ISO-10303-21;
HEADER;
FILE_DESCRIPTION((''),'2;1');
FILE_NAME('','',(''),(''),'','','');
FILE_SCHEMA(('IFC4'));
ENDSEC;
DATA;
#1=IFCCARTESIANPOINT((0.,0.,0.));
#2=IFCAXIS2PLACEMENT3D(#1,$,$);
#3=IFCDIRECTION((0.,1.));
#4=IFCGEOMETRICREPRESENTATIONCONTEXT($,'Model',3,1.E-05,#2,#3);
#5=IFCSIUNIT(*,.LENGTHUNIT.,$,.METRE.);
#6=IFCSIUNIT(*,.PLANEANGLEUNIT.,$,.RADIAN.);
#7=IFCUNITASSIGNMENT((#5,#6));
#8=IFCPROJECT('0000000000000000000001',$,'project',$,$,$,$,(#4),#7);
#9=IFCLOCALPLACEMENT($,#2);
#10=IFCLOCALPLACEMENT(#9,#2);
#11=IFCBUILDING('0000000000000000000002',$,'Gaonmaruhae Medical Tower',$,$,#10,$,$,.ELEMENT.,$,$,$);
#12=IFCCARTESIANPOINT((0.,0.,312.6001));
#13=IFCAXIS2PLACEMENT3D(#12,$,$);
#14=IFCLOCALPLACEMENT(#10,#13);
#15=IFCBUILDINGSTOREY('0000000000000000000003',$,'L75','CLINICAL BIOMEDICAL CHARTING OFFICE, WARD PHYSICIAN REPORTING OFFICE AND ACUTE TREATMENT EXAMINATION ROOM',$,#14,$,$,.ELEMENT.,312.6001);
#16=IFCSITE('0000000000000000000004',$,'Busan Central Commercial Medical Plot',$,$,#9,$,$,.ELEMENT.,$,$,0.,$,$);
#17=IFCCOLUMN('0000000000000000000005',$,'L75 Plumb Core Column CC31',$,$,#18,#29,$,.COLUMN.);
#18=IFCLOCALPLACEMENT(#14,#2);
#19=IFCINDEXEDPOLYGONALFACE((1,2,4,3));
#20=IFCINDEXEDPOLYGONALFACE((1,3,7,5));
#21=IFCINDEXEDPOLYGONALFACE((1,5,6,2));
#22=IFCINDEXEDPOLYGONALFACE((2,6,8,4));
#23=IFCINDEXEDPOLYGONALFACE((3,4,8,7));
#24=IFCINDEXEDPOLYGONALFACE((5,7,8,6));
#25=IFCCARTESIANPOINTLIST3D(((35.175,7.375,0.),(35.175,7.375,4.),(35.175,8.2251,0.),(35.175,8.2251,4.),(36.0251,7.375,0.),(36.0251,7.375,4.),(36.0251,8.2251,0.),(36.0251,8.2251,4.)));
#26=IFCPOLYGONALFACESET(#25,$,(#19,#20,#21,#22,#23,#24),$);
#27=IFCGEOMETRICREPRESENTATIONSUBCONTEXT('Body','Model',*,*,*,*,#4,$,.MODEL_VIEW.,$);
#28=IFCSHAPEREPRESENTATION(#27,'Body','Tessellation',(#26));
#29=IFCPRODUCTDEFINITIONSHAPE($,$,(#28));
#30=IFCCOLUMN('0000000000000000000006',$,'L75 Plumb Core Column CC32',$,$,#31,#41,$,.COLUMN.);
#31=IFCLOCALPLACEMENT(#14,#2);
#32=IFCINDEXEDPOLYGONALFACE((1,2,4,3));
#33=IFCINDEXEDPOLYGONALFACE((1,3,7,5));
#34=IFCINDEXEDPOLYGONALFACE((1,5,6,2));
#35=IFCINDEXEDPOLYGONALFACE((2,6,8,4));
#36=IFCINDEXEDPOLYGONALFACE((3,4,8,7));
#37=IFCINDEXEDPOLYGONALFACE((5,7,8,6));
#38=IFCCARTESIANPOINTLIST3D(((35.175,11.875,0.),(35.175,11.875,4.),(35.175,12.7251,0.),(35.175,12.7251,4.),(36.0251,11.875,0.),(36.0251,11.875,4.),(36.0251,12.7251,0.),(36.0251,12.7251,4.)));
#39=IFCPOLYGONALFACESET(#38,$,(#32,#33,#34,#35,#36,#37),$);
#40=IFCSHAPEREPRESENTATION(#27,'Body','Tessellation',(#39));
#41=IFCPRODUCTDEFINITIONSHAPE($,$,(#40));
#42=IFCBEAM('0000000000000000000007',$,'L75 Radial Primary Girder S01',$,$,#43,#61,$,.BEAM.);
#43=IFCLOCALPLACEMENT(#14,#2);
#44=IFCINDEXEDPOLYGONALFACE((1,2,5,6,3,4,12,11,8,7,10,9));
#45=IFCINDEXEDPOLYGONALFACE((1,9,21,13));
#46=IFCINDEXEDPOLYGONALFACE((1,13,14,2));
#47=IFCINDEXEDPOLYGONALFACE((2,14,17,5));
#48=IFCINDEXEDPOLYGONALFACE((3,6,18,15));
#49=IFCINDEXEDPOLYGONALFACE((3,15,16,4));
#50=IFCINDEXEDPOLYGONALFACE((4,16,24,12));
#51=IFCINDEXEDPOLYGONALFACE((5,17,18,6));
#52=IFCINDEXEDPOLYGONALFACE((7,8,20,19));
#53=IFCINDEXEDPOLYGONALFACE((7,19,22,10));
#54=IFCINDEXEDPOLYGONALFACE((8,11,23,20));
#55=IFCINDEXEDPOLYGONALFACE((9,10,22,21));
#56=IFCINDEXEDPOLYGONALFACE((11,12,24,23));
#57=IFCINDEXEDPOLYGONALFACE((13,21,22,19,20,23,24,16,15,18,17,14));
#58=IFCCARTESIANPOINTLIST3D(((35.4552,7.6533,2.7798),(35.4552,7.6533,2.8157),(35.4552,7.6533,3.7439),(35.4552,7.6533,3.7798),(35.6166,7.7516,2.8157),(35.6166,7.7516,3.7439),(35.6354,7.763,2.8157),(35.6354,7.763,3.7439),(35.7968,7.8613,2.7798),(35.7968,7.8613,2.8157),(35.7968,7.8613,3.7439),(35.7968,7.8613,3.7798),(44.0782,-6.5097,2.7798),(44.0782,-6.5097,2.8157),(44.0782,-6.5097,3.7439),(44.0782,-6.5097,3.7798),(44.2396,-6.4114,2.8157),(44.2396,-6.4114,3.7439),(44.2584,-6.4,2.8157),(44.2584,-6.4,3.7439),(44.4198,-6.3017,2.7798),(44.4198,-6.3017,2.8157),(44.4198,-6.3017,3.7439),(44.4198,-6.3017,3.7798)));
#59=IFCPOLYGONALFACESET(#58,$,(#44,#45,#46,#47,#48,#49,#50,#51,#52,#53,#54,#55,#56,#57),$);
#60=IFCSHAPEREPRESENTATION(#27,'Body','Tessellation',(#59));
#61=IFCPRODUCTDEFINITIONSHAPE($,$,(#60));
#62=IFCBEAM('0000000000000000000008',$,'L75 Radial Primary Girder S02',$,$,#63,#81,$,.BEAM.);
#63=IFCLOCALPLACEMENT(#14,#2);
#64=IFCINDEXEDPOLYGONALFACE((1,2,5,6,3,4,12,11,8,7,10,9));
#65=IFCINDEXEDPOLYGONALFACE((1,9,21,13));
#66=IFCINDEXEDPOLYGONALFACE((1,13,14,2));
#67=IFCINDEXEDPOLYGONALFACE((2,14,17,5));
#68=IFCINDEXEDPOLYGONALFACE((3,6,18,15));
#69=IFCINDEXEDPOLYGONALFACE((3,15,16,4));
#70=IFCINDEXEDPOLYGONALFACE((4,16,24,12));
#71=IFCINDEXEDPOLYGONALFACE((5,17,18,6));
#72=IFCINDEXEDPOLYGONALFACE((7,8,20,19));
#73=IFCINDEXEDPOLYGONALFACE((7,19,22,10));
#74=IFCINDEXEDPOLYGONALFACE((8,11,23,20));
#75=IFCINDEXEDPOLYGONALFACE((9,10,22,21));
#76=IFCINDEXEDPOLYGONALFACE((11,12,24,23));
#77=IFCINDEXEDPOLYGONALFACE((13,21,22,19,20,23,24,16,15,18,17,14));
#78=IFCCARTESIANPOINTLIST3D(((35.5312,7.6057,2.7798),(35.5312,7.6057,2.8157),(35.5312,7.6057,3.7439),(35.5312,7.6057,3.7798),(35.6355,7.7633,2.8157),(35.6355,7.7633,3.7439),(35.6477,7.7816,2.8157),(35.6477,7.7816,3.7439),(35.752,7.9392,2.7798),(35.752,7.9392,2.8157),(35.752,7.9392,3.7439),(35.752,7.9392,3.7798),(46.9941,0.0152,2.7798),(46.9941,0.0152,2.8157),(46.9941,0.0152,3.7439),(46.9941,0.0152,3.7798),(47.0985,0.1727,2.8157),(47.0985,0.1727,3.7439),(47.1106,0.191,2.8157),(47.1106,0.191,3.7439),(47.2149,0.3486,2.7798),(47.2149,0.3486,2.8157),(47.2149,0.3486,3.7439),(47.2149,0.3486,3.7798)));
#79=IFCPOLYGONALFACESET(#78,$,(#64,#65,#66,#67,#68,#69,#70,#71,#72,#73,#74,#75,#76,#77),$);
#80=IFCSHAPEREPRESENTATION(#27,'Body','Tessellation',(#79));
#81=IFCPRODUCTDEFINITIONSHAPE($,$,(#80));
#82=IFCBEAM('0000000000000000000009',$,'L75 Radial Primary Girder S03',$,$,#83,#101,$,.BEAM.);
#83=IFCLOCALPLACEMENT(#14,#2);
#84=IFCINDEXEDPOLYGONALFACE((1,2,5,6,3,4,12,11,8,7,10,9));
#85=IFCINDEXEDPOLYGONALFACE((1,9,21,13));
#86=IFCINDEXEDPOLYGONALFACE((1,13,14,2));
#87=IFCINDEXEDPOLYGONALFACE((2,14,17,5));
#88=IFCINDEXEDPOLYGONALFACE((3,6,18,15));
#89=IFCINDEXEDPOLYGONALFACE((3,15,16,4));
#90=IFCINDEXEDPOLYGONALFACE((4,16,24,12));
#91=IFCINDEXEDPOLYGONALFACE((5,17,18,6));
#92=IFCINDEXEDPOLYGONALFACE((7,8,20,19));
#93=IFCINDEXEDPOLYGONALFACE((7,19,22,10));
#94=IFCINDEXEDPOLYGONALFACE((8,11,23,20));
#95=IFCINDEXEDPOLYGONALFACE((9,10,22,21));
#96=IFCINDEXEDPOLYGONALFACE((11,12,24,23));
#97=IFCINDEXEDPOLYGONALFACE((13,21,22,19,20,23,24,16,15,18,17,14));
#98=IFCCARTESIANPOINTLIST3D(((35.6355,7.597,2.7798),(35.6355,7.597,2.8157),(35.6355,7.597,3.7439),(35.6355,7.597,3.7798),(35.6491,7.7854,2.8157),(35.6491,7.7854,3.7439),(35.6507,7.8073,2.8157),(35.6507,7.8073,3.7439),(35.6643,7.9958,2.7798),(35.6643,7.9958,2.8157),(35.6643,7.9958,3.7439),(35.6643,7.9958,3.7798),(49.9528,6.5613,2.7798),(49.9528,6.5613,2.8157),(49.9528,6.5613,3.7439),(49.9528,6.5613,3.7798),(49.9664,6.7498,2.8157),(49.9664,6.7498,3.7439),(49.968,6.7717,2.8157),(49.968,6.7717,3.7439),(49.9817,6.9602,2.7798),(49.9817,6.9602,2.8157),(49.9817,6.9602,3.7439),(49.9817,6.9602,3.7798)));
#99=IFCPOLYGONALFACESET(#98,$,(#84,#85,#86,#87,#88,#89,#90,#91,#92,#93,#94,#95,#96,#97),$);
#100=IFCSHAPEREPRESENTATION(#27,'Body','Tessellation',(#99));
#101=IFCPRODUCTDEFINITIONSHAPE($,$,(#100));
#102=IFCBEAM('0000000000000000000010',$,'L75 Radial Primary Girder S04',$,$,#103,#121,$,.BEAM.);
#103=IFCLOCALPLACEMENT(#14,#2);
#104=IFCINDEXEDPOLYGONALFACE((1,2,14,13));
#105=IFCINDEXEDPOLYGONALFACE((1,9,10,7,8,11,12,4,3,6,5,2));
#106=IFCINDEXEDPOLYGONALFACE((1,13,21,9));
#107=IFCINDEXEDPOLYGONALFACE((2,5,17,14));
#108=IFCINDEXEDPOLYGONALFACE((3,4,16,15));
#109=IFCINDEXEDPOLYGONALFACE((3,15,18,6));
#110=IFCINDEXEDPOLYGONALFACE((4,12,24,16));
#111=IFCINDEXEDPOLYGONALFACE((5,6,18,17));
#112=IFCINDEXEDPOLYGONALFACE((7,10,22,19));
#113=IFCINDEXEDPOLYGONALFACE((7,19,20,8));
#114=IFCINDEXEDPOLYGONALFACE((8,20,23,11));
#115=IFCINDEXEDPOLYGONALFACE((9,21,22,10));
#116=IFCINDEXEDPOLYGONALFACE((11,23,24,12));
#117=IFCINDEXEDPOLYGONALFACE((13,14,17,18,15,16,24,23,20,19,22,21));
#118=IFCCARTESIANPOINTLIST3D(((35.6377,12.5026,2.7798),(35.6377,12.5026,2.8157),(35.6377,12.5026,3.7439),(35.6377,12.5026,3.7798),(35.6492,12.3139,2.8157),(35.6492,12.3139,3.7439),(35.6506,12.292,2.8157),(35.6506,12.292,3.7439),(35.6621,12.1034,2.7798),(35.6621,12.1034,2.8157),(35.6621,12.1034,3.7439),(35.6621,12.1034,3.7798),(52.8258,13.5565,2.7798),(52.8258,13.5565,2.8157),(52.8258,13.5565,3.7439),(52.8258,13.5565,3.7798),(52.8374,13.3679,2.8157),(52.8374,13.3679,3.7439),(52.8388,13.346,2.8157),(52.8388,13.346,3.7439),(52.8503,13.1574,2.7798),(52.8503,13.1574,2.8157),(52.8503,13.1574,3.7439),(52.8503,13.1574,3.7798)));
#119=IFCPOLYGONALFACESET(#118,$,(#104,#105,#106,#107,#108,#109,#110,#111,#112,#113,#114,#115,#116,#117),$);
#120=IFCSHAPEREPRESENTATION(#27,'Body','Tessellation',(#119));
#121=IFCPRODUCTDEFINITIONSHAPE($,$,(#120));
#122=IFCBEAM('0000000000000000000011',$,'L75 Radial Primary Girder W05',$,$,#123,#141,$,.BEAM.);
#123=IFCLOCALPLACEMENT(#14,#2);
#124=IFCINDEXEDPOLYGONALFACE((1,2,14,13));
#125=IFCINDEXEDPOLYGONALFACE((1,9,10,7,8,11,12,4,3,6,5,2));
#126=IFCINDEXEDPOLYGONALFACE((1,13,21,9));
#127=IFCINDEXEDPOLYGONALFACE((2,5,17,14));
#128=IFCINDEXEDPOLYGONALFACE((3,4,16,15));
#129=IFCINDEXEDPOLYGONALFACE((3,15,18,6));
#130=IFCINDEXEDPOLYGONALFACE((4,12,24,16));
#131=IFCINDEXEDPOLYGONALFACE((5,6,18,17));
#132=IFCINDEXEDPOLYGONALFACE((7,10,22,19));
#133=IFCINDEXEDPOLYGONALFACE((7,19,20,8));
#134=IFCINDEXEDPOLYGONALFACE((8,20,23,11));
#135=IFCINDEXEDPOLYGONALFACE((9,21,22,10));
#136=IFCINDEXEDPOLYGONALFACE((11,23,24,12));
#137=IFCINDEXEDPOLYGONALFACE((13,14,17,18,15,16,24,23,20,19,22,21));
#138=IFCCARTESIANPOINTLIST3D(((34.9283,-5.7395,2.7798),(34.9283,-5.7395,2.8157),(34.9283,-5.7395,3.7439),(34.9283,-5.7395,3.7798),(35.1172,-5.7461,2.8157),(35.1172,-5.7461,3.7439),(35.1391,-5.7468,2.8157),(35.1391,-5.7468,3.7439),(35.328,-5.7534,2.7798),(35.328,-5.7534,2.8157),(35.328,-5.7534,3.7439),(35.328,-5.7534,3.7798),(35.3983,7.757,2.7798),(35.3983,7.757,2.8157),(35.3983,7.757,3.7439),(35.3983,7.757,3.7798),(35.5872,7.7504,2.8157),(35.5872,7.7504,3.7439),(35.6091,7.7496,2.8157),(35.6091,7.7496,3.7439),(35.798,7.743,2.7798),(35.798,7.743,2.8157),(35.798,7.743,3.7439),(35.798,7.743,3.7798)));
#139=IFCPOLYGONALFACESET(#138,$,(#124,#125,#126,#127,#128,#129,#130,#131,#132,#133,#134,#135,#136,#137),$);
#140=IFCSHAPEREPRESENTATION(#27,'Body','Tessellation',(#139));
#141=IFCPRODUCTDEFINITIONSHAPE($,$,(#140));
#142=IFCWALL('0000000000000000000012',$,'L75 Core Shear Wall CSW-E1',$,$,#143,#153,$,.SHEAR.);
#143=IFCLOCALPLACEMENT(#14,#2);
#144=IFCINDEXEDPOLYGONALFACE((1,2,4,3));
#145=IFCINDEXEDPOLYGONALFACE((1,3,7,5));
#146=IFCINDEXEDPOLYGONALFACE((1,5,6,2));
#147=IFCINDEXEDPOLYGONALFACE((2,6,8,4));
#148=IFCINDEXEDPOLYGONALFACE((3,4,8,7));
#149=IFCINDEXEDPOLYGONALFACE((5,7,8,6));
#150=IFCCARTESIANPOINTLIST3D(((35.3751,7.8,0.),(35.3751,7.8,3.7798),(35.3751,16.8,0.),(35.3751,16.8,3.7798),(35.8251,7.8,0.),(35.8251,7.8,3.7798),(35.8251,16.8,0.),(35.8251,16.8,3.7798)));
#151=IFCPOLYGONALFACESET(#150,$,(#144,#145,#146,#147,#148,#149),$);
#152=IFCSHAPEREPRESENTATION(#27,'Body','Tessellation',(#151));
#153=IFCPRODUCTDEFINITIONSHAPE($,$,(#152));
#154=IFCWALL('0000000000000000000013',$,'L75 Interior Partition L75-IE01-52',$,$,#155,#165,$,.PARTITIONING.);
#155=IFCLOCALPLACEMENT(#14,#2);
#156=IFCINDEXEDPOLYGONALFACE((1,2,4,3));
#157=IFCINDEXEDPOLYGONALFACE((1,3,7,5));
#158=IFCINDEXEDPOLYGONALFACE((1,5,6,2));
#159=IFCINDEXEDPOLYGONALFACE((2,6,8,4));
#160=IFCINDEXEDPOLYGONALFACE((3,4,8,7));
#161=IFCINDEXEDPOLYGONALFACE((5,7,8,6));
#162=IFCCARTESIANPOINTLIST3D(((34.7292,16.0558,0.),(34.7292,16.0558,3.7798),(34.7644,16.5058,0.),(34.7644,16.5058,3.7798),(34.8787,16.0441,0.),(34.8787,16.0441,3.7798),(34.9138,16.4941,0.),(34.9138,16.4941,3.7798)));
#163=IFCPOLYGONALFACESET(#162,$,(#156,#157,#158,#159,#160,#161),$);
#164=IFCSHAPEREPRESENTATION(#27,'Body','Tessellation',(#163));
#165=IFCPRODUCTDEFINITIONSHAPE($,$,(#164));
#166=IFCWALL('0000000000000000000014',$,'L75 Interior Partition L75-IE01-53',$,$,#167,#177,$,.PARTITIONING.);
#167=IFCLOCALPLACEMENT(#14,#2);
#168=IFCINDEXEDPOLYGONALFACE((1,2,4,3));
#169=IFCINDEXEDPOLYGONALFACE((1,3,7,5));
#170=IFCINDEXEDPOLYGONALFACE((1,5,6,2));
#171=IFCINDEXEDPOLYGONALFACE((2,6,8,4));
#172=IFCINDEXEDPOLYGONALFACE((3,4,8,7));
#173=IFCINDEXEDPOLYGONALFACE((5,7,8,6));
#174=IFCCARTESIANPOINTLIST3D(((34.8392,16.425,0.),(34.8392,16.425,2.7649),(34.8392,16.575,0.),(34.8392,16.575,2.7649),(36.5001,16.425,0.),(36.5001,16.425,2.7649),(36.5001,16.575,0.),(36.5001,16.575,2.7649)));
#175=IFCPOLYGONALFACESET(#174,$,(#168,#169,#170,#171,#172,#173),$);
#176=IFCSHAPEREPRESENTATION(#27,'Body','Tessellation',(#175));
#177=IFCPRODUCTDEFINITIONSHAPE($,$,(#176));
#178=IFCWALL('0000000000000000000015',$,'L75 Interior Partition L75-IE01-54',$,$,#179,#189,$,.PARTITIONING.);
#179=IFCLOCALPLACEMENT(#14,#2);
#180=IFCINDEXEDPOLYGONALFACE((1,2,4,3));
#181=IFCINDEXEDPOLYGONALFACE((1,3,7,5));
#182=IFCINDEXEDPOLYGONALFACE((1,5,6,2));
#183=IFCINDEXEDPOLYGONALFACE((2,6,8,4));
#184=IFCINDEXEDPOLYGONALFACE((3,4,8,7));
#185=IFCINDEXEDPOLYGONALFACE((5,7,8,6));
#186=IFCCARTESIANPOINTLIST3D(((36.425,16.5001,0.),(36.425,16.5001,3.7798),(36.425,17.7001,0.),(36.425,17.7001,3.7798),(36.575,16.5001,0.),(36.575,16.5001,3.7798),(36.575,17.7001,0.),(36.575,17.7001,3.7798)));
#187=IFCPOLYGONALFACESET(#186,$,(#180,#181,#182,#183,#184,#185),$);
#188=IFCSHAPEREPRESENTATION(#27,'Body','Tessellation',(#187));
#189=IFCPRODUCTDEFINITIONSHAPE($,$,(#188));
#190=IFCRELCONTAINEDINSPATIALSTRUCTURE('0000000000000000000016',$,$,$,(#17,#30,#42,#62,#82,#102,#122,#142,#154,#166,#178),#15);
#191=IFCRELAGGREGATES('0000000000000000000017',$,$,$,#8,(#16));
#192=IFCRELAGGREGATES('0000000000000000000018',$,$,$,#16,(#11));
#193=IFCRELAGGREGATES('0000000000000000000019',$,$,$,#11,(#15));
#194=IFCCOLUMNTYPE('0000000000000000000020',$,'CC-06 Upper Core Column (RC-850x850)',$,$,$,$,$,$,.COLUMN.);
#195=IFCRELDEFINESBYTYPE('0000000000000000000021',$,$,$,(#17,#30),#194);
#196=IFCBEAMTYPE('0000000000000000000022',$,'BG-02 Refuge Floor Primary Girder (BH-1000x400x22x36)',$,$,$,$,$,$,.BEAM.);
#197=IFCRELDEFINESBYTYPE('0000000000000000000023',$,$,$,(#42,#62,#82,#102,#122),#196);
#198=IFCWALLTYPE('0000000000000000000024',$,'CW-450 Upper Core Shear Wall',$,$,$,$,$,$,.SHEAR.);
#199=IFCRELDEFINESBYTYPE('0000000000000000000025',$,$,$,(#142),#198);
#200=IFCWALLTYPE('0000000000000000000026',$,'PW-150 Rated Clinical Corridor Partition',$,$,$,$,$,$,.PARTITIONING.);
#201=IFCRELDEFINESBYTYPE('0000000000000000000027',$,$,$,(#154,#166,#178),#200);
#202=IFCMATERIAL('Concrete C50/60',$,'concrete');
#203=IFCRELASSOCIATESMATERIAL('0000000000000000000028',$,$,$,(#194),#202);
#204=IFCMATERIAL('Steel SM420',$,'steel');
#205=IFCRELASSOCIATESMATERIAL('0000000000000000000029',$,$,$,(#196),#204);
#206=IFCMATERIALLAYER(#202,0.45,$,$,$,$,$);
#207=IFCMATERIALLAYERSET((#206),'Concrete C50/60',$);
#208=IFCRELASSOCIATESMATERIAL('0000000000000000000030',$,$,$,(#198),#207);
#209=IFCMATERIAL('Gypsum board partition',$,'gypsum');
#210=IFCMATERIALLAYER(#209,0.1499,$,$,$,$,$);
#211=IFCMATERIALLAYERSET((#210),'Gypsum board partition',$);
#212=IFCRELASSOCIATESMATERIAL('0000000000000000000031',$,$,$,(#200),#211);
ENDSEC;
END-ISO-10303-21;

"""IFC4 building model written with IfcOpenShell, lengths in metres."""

from ifc_helpers import new_model, si_unit, direction, frame, frame_2d, origin, origin_2d, place, context, subcontext, project, spatial, rectangle, i_section, extrude, material, layer, layer_set, material_profile, profile_set, type_object, element, save


model = new_model("IFC4")

# Units and contexts
model_context = context("Model", 3, precision=1e-05, world=origin(), true_north=direction((0.0, 1.0)))
body_context = subcontext(model_context, "Body", "Model", "MODEL_VIEW")
ifc_project = project(units=[si_unit("LENGTHUNIT", "METRE"), si_unit("PLANEANGLEUNIT", "RADIAN")], contexts=[model_context])

# Site, building, storey
site_placement = place(None, origin())
site = spatial("IfcSite", under=ifc_project, at=site_placement, Name="Busan Central Commercial Medical Plot", CompositionType="ELEMENT", RefElevation=0.0)
building_placement = place(site_placement, origin())
building = spatial("IfcBuilding", under=site, at=building_placement, Name="Gaonmaruhae Medical Tower", CompositionType="ELEMENT")
storey_placement = place(building_placement, frame((0.0, 0.0, 312.6001)))
storey = spatial("IfcBuildingStorey", under=building, at=storey_placement, Name="L75", Description="CLINICAL BIOMEDICAL CHARTING OFFICE, WARD PHYSICIAN REPORTING OFFICE AND ACUTE TREATMENT EXAMINATION ROOM", CompositionType="ELEMENT", Elevation=312.6001)

# Columns
ifc_material_1 = material(Name="Concrete C50/60", Category="concrete")
ifc_material_profile_1 = material_profile(ifc_material_1, rectangle(XDim=0.8501, YDim=0.8501, at=origin_2d()), Name="RC-850x850")
ifc_profile_set_1 = profile_set([ifc_material_profile_1], Name="Concrete C50/60")
column_type = type_object("IfcColumnType", Name="CC-06 Upper Core Column (RC-850x850)", PredefinedType="COLUMN", material=ifc_profile_set_1)
for number, where, z_axis, x_axis, name in (
    (1, (35.6001, 7.8, 0.0), (0.0, 0.0, 1.0), (1.0, 0.0, 0.0), "L75 Plumb Core Column CC31"),
    (2, (35.6001, 12.3, 0.0), (0.0, 0.0, 1.0), (1.0, 0.0, 0.0), "L75 Plumb Core Column CC32"),
):
    element("IfcColumn", number, at=place(storey_placement, frame(where, z_axis=z_axis, x_axis=x_axis)), inside=storey, type_object=column_type, Name=name, PredefinedType="COLUMN", context=body_context, shape_type="SweptSolid", body=[
        extrude(rectangle(XDim=0.8501, YDim=0.8501, at=origin_2d()), origin(), (0.0, 0.0, 1.0), 4.0),
    ])

# Beams
ifc_material_2 = material(Name="Steel SM420", Category="steel")
ifc_material_profile_2 = material_profile(ifc_material_2, i_section(OverallWidth=0.3999, OverallDepth=1.0, WebThickness=0.022, FlangeThickness=0.0359, at=origin_2d()), Name="BH-1000x400x22x36")
ifc_profile_set_2 = profile_set([ifc_material_profile_2], Name="Steel SM420")
beam_type = type_object("IfcBeamType", Name="BG-02 Refuge Floor Primary Girder (BH-1000x400x22x36)", PredefinedType="BEAM", material=ifc_profile_set_2)
beam_1_placement = place(storey_placement, frame((35.626, 7.7573, 3.2798), z_axis=(0.520037, -0.854144, 0.0), x_axis=(0.854144, 0.520037, 0.0)))
element("IfcBeam", 3, at=beam_1_placement, inside=storey, type_object=beam_type, Name="L75 Radial Primary Girder S01", PredefinedType="BEAM", context=body_context, shape_type="SweptSolid", body=[
    extrude(i_section(OverallWidth=0.3999, OverallDepth=1.0, WebThickness=0.022, FlangeThickness=0.0359, at=origin_2d()), origin(), (0.0, 0.0, 1.0), 16.5815),
])
beam_2_placement = place(storey_placement, frame((35.6416, 7.7725, 3.2798), z_axis=(0.83377, -0.552112, 0.0), x_axis=(0.552112, 0.83377, 0.0)))
element("IfcBeam", 4, at=beam_2_placement, inside=storey, type_object=beam_type, Name="L75 Radial Primary Girder S02", PredefinedType="BEAM", context=body_context, shape_type="SweptSolid", body=[
    extrude(i_section(OverallWidth=0.3999, OverallDepth=1.0, WebThickness=0.022, FlangeThickness=0.0359, at=origin_2d()), origin(), (0.0, 0.0, 1.0), 13.7483),
])
beam_3_placement = place(storey_placement, frame((35.6499, 7.7964, 3.2798), z_axis=(0.997394, -0.072146, 0.0), x_axis=(0.072146, 0.997394, 0.0)))
element("IfcBeam", 5, at=beam_3_placement, inside=storey, type_object=beam_type, Name="L75 Radial Primary Girder S03", PredefinedType="BEAM", context=body_context, shape_type="SweptSolid", body=[
    extrude(i_section(OverallWidth=0.3999, OverallDepth=1.0, WebThickness=0.022, FlangeThickness=0.0359, at=origin_2d()), origin(), (0.0, 0.0, 1.0), 14.3547),
])
beam_4_placement = place(storey_placement, frame((35.6499, 12.303, 3.2798), z_axis=(0.998125, 0.061203, 0.0), x_axis=(-0.061203, 0.998125, 0.0)))
element("IfcBeam", 6, at=beam_4_placement, inside=storey, type_object=beam_type, Name="L75 Radial Primary Girder S04", PredefinedType="BEAM", context=body_context, shape_type="SweptSolid", body=[
    extrude(i_section(OverallWidth=0.3999, OverallDepth=1.0, WebThickness=0.022, FlangeThickness=0.0359, at=origin_2d()), origin(), (0.0, 0.0, 1.0), 17.2205),
])
beam_5_placement = place(storey_placement, frame((35.5981, 7.75, 3.2798), z_axis=(-0.034801, -0.999394, 0.0), x_axis=(0.999394, -0.034801, 0.0)))
element("IfcBeam", 7, at=beam_5_placement, inside=storey, type_object=beam_type, Name="L75 Radial Primary Girder W05", PredefinedType="BEAM", context=body_context, shape_type="SweptSolid", body=[
    extrude(i_section(OverallWidth=0.3999, OverallDepth=1.0, WebThickness=0.022, FlangeThickness=0.0359, at=origin_2d()), origin(), (0.0, 0.0, 1.0), 13.5046),
])

# Walls
ifc_layer_1 = layer(ifc_material_1, 0.45)
ifc_layer_set_1 = layer_set([ifc_layer_1], Name="Concrete C50/60")
wall_type_1 = type_object("IfcWallType", Name="CW-450 Upper Core Shear Wall", PredefinedType="SHEAR", material=ifc_layer_set_1)
wall_1_placement = place(storey_placement, frame((35.6001, 7.8, 0.0), z_axis=(0.0, 0.0, 1.0), x_axis=(0.0, 1.0, 0.0)))
element("IfcWall", 8, at=wall_1_placement, inside=storey, type_object=wall_type_1, Name="L75 Core Shear Wall CSW-E1", PredefinedType="SHEAR", context=body_context, shape_type="SweptSolid", body=[
    extrude(rectangle(XDim=9.0, YDim=0.45, at=frame_2d((4.5, 0.0))), origin(), (0.0, 0.0, 1.0), 3.7798),
])
ifc_material_3 = material(Name="Gypsum board partition", Category="gypsum")
ifc_layer_2 = layer(ifc_material_3, 0.1499)
ifc_layer_set_2 = layer_set([ifc_layer_2], Name="Gypsum board partition")
wall_type_2 = type_object("IfcWallType", Name="PW-150 Rated Clinical Corridor Partition", PredefinedType="PARTITIONING", material=ifc_layer_set_2)
wall_2_placement = place(storey_placement, frame((34.804, 16.05, 0.0), z_axis=(0.0, 0.0, 1.0), x_axis=(0.077896, 0.996961, 0.0)))
element("IfcWall", 9, at=wall_2_placement, inside=storey, type_object=wall_type_2, Name="L75 Interior Partition L75-IE01-52", PredefinedType="PARTITIONING", context=body_context, shape_type="SweptSolid", body=[
    extrude(rectangle(XDim=0.4514, YDim=0.1499, at=frame_2d((0.2256, 0.0))), origin(), (0.0, 0.0, 1.0), 3.7798),
])
wall_3_placement = place(storey_placement, frame((34.8391, 16.5, 0.0), z_axis=(0.0, 0.0, 1.0), x_axis=(1.0, 0.0, 0.0)))
element("IfcWall", 10, at=wall_3_placement, inside=storey, type_object=wall_type_2, Name="L75 Interior Partition L75-IE01-53", PredefinedType="PARTITIONING", context=body_context, shape_type="SweptSolid", body=[
    extrude(rectangle(XDim=1.6609, YDim=0.1499, at=frame_2d((0.8306, 0.0))), origin(), (0.0, 0.0, 1.0), 2.7649),
])
wall_4_placement = place(storey_placement, frame((36.5, 16.5, 0.0), z_axis=(0.0, 0.0, 1.0), x_axis=(0.0, 1.0, 0.0)))
element("IfcWall", 11, at=wall_4_placement, inside=storey, type_object=wall_type_2, Name="L75 Interior Partition L75-IE01-54", PredefinedType="PARTITIONING", context=body_context, shape_type="SweptSolid", body=[
    extrude(rectangle(XDim=1.2, YDim=0.1499, at=frame_2d((0.6001, 0.0))), origin(), (0.0, 0.0, 1.0), 3.7798),
])

save(model, "model.ifc")
